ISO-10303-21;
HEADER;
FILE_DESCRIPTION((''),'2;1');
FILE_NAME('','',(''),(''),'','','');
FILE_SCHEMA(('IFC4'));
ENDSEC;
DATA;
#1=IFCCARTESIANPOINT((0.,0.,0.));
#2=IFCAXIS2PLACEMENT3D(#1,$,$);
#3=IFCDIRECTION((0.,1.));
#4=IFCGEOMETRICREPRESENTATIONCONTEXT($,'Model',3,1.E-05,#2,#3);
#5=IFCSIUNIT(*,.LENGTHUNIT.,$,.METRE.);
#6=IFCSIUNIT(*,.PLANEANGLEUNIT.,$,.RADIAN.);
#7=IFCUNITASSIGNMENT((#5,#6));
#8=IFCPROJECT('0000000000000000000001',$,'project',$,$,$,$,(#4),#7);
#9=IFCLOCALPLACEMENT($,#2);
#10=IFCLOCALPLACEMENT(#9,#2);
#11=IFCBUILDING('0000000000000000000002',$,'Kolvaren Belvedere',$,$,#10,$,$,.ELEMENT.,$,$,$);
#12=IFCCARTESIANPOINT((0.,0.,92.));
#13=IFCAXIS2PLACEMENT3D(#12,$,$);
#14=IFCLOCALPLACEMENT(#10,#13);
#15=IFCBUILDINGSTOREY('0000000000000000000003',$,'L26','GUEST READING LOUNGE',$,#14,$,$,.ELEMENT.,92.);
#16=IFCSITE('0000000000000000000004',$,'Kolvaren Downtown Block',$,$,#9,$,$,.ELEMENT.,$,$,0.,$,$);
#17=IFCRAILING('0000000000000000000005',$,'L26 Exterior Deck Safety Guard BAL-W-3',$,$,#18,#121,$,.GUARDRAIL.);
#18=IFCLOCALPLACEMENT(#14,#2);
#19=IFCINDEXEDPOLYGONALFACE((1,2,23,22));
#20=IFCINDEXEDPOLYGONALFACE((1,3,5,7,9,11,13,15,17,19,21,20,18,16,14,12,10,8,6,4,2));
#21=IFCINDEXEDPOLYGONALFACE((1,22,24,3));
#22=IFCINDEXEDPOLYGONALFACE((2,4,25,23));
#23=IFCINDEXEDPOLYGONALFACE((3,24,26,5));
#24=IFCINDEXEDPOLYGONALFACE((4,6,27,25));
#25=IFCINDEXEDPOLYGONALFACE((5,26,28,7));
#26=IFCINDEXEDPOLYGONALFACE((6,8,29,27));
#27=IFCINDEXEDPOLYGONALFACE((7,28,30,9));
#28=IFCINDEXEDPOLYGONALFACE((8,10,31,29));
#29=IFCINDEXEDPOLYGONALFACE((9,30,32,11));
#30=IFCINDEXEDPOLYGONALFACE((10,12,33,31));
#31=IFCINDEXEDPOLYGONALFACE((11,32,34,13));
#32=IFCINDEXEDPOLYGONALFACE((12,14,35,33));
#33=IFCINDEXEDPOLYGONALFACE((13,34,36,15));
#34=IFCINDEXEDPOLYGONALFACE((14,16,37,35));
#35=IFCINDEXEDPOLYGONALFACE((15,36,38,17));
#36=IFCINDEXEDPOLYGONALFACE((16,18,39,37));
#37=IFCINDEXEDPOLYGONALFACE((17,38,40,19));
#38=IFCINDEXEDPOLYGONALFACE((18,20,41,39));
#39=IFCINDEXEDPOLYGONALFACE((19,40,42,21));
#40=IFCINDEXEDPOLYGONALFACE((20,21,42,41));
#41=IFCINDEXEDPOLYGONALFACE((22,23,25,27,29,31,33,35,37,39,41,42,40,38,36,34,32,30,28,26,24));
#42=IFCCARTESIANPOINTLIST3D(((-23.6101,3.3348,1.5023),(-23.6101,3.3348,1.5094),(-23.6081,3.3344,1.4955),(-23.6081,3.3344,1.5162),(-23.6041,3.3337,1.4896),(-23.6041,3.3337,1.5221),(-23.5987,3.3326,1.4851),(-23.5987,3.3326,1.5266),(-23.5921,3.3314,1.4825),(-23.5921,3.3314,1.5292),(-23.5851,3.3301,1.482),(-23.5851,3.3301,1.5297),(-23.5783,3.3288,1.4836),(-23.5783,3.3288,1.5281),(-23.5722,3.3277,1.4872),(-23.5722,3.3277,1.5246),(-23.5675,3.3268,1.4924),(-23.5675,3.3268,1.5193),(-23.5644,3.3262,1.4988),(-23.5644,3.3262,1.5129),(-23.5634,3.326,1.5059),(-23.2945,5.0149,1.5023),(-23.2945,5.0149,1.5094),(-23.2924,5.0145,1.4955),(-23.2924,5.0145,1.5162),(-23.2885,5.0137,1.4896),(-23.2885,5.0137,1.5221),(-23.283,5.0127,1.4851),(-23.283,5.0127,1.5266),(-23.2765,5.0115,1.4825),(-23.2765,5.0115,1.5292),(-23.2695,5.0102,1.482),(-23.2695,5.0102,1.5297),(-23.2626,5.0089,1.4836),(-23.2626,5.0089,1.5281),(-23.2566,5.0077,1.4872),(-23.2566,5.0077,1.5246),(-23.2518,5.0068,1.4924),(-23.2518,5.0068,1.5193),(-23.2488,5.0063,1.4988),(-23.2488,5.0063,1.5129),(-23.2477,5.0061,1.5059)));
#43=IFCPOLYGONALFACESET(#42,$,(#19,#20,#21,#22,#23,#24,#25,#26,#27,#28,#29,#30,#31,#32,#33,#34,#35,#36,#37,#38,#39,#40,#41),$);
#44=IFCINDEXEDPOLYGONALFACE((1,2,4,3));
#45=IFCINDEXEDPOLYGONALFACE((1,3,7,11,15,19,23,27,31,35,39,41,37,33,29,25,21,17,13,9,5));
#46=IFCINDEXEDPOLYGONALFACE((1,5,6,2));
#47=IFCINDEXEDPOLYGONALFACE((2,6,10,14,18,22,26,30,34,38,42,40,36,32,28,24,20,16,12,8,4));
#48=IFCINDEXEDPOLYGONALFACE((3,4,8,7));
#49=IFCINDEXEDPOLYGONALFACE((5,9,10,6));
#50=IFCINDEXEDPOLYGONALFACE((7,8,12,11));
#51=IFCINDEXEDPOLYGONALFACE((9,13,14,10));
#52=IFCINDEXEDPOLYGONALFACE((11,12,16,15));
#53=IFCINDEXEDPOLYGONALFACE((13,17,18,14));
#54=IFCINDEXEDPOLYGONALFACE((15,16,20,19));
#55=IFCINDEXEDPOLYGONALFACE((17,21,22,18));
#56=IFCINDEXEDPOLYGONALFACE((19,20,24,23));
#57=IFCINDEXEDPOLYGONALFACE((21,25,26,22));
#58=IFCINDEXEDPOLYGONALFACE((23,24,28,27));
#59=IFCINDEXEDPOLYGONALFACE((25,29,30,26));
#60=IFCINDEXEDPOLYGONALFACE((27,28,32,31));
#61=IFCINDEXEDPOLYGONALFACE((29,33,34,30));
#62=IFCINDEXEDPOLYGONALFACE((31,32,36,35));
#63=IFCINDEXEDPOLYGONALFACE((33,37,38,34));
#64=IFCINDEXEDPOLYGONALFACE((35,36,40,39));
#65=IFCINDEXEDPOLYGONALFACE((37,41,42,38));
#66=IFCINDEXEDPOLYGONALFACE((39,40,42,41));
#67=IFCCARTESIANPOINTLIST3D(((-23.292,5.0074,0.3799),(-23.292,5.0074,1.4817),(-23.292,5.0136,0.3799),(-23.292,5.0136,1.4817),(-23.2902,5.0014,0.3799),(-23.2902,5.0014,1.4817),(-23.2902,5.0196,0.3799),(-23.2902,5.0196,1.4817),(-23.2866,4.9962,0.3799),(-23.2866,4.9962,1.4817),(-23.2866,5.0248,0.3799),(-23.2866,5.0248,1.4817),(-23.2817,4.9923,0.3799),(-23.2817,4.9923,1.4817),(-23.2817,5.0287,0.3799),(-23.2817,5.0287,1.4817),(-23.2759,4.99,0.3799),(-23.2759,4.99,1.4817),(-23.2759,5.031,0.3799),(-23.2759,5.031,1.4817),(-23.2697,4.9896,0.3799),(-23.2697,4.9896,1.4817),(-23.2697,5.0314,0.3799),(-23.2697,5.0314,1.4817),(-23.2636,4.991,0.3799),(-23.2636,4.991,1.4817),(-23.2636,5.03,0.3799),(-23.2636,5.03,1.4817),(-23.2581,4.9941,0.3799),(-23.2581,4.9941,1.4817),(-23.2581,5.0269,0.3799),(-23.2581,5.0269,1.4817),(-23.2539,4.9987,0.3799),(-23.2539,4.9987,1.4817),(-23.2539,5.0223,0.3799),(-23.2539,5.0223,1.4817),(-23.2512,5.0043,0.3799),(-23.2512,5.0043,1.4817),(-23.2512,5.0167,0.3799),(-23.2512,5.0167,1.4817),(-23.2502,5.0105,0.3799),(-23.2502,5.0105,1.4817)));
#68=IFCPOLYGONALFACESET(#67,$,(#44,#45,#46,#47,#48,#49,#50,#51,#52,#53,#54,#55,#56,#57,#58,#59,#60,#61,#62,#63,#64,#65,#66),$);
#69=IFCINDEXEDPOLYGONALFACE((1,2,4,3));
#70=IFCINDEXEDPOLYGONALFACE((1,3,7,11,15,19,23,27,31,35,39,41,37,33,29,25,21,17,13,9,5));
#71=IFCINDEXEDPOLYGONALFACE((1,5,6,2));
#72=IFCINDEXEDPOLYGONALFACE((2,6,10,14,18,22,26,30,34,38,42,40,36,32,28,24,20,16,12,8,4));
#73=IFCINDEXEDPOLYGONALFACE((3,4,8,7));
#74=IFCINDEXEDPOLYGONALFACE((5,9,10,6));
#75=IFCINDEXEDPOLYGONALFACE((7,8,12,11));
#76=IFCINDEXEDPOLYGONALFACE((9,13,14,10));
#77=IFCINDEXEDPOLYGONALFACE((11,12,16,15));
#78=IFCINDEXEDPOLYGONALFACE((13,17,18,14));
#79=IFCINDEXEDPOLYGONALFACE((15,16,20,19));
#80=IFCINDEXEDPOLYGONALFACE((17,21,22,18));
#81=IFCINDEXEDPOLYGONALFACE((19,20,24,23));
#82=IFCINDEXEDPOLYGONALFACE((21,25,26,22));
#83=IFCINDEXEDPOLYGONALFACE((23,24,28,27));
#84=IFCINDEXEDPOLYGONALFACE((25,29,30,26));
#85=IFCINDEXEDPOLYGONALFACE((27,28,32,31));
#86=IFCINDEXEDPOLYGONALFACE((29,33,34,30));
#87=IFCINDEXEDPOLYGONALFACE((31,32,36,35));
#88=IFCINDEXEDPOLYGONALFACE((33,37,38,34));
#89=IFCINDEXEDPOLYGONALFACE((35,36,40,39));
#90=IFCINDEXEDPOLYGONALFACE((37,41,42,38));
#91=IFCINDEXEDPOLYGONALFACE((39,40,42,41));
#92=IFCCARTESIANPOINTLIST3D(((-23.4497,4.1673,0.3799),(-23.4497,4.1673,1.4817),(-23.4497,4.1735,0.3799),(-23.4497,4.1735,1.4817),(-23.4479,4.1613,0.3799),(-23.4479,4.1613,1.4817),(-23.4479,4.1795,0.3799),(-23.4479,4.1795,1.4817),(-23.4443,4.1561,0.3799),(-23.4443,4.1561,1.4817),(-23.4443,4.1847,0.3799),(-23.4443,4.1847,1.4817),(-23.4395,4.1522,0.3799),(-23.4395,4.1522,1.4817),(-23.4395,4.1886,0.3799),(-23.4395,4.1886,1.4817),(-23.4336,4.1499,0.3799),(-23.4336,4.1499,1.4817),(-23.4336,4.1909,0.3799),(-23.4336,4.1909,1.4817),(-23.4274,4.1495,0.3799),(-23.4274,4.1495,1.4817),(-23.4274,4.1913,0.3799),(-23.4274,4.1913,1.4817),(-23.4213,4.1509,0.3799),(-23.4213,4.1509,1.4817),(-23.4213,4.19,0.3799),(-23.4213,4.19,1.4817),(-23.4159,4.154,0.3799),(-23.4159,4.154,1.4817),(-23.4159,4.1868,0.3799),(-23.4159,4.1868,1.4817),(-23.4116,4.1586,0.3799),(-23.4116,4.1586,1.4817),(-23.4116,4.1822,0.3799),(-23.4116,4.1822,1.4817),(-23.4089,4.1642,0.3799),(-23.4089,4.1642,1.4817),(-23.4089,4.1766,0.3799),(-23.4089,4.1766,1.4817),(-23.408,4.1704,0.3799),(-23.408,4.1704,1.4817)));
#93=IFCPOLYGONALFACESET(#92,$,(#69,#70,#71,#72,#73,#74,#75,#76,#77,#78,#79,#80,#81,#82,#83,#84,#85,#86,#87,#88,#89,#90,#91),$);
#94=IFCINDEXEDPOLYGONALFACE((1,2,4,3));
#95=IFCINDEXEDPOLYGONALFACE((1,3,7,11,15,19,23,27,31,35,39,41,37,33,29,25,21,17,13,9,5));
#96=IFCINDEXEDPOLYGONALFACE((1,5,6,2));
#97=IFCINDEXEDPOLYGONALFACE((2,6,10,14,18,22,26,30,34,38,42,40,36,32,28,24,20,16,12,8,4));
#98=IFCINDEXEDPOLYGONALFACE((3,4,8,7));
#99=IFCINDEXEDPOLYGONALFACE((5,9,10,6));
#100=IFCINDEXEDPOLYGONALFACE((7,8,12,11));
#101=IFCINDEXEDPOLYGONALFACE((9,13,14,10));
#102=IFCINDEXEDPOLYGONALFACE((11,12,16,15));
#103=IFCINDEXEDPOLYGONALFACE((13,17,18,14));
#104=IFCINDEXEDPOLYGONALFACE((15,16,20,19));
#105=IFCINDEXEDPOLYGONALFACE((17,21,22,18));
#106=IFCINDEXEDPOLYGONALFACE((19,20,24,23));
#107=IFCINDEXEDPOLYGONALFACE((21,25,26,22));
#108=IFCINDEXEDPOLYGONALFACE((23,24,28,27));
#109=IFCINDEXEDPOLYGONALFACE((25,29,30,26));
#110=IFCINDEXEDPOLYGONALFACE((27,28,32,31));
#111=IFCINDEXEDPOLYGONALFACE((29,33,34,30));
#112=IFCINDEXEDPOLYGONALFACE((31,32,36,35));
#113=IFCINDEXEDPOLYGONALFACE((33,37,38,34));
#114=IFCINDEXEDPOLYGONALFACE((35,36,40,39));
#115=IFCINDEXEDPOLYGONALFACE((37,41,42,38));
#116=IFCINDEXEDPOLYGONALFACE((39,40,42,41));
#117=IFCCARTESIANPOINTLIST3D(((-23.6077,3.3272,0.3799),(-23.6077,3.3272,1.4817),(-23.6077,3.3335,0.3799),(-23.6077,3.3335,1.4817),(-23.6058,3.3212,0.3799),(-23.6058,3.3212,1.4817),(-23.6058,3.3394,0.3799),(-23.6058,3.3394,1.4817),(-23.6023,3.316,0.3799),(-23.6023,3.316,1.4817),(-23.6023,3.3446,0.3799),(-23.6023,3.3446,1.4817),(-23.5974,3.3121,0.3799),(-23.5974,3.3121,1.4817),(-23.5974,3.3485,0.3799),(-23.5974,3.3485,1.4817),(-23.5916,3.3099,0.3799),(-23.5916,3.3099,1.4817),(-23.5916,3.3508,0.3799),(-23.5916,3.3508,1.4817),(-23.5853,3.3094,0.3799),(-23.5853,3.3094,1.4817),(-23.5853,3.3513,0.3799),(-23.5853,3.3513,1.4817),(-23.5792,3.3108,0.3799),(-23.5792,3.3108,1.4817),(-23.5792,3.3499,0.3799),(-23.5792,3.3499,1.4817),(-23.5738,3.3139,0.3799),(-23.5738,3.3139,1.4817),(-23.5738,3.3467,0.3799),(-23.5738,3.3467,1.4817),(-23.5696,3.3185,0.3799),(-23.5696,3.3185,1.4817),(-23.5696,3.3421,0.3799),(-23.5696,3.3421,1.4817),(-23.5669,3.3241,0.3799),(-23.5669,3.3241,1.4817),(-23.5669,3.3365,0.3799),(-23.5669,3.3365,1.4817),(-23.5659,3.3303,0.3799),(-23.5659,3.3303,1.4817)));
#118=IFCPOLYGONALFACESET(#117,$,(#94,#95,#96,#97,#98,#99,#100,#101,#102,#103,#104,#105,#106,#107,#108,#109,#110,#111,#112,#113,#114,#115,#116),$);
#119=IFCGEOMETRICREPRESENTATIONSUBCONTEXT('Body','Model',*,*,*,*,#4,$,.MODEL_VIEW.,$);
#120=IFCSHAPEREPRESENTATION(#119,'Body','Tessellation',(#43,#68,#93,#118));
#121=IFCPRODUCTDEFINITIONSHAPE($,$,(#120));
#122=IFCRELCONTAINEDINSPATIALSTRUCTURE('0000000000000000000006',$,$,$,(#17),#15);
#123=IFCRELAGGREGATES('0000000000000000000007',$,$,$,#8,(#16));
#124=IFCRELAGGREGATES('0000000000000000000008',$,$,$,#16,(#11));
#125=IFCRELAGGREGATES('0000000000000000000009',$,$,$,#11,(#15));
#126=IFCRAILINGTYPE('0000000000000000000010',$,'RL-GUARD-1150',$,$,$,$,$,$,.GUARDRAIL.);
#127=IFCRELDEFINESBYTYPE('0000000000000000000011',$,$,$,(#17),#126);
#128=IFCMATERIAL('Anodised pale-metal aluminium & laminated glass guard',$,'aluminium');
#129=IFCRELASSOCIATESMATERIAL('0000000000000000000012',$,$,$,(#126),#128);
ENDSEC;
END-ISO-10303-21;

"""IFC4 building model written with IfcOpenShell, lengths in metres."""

from ifc_helpers import new_model, si_unit, direction, frame, origin, origin_2d, place, context, subcontext, project, spatial, circle, extrude, material, type_object, element, save


model = new_model("IFC4")

# Units and contexts
model_context = context("Model", 3, precision=1e-05, world=origin(), true_north=direction((0.0, 1.0)))
body_context = subcontext(model_context, "Body", "Model", "MODEL_VIEW")
ifc_project = project(units=[si_unit("LENGTHUNIT", "METRE"), si_unit("PLANEANGLEUNIT", "RADIAN")], contexts=[model_context])

# Site, building, storey
site_placement = place(None, origin())
site = spatial("IfcSite", under=ifc_project, at=site_placement, Name="Kolvaren Downtown Block", CompositionType="ELEMENT", RefElevation=0.0)
building_placement = place(site_placement, origin())
building = spatial("IfcBuilding", under=site, at=building_placement, Name="Kolvaren Belvedere", CompositionType="ELEMENT")
storey_placement = place(building_placement, frame((0.0, 0.0, 92.0)))
storey = spatial("IfcBuildingStorey", under=building, at=storey_placement, Name="L26", Description="GUEST READING LOUNGE", CompositionType="ELEMENT", Elevation=92.0)

# Railing
ifc_material_1 = material(Name="Anodised pale-metal aluminium & laminated glass guard", Category="aluminium")
railing_type = type_object("IfcRailingType", Name="RL-GUARD-1150", PredefinedType="GUARDRAIL", material=ifc_material_1)
railing_1_placement = place(storey_placement, frame((-23.2712, 5.0105, 0.3799)))
element("IfcRailing", 1, at=railing_1_placement, inside=storey, type_object=railing_type, Name="L26 Exterior Deck Safety Guard BAL-W-3", PredefinedType="GUARDRAIL", context=body_context, shape_type="SweptSolid", body=[
    extrude(circle(Radius=0.0239, at=origin_2d()), frame((0.0, 0.0, 1.126), z_axis=(-0.184651, -0.982804, 0.0), x_axis=(0.982804, -0.184651, 0.0)), (0.0, 0.0, 1.0), 1.7095),
    extrude(circle(Radius=0.021, at=origin_2d()), origin(), (0.0, 0.0, 1.0), 1.1018),
    extrude(circle(Radius=0.021, at=origin_2d()), frame((-0.1577, -0.8401, 0.0)), (0.0, 0.0, 1.0), 1.1018),
    extrude(circle(Radius=0.021, at=origin_2d()), frame((-0.3157, -1.6802, 0.0)), (0.0, 0.0, 1.0), 1.1018),
])

save(model, "model.ifc")
